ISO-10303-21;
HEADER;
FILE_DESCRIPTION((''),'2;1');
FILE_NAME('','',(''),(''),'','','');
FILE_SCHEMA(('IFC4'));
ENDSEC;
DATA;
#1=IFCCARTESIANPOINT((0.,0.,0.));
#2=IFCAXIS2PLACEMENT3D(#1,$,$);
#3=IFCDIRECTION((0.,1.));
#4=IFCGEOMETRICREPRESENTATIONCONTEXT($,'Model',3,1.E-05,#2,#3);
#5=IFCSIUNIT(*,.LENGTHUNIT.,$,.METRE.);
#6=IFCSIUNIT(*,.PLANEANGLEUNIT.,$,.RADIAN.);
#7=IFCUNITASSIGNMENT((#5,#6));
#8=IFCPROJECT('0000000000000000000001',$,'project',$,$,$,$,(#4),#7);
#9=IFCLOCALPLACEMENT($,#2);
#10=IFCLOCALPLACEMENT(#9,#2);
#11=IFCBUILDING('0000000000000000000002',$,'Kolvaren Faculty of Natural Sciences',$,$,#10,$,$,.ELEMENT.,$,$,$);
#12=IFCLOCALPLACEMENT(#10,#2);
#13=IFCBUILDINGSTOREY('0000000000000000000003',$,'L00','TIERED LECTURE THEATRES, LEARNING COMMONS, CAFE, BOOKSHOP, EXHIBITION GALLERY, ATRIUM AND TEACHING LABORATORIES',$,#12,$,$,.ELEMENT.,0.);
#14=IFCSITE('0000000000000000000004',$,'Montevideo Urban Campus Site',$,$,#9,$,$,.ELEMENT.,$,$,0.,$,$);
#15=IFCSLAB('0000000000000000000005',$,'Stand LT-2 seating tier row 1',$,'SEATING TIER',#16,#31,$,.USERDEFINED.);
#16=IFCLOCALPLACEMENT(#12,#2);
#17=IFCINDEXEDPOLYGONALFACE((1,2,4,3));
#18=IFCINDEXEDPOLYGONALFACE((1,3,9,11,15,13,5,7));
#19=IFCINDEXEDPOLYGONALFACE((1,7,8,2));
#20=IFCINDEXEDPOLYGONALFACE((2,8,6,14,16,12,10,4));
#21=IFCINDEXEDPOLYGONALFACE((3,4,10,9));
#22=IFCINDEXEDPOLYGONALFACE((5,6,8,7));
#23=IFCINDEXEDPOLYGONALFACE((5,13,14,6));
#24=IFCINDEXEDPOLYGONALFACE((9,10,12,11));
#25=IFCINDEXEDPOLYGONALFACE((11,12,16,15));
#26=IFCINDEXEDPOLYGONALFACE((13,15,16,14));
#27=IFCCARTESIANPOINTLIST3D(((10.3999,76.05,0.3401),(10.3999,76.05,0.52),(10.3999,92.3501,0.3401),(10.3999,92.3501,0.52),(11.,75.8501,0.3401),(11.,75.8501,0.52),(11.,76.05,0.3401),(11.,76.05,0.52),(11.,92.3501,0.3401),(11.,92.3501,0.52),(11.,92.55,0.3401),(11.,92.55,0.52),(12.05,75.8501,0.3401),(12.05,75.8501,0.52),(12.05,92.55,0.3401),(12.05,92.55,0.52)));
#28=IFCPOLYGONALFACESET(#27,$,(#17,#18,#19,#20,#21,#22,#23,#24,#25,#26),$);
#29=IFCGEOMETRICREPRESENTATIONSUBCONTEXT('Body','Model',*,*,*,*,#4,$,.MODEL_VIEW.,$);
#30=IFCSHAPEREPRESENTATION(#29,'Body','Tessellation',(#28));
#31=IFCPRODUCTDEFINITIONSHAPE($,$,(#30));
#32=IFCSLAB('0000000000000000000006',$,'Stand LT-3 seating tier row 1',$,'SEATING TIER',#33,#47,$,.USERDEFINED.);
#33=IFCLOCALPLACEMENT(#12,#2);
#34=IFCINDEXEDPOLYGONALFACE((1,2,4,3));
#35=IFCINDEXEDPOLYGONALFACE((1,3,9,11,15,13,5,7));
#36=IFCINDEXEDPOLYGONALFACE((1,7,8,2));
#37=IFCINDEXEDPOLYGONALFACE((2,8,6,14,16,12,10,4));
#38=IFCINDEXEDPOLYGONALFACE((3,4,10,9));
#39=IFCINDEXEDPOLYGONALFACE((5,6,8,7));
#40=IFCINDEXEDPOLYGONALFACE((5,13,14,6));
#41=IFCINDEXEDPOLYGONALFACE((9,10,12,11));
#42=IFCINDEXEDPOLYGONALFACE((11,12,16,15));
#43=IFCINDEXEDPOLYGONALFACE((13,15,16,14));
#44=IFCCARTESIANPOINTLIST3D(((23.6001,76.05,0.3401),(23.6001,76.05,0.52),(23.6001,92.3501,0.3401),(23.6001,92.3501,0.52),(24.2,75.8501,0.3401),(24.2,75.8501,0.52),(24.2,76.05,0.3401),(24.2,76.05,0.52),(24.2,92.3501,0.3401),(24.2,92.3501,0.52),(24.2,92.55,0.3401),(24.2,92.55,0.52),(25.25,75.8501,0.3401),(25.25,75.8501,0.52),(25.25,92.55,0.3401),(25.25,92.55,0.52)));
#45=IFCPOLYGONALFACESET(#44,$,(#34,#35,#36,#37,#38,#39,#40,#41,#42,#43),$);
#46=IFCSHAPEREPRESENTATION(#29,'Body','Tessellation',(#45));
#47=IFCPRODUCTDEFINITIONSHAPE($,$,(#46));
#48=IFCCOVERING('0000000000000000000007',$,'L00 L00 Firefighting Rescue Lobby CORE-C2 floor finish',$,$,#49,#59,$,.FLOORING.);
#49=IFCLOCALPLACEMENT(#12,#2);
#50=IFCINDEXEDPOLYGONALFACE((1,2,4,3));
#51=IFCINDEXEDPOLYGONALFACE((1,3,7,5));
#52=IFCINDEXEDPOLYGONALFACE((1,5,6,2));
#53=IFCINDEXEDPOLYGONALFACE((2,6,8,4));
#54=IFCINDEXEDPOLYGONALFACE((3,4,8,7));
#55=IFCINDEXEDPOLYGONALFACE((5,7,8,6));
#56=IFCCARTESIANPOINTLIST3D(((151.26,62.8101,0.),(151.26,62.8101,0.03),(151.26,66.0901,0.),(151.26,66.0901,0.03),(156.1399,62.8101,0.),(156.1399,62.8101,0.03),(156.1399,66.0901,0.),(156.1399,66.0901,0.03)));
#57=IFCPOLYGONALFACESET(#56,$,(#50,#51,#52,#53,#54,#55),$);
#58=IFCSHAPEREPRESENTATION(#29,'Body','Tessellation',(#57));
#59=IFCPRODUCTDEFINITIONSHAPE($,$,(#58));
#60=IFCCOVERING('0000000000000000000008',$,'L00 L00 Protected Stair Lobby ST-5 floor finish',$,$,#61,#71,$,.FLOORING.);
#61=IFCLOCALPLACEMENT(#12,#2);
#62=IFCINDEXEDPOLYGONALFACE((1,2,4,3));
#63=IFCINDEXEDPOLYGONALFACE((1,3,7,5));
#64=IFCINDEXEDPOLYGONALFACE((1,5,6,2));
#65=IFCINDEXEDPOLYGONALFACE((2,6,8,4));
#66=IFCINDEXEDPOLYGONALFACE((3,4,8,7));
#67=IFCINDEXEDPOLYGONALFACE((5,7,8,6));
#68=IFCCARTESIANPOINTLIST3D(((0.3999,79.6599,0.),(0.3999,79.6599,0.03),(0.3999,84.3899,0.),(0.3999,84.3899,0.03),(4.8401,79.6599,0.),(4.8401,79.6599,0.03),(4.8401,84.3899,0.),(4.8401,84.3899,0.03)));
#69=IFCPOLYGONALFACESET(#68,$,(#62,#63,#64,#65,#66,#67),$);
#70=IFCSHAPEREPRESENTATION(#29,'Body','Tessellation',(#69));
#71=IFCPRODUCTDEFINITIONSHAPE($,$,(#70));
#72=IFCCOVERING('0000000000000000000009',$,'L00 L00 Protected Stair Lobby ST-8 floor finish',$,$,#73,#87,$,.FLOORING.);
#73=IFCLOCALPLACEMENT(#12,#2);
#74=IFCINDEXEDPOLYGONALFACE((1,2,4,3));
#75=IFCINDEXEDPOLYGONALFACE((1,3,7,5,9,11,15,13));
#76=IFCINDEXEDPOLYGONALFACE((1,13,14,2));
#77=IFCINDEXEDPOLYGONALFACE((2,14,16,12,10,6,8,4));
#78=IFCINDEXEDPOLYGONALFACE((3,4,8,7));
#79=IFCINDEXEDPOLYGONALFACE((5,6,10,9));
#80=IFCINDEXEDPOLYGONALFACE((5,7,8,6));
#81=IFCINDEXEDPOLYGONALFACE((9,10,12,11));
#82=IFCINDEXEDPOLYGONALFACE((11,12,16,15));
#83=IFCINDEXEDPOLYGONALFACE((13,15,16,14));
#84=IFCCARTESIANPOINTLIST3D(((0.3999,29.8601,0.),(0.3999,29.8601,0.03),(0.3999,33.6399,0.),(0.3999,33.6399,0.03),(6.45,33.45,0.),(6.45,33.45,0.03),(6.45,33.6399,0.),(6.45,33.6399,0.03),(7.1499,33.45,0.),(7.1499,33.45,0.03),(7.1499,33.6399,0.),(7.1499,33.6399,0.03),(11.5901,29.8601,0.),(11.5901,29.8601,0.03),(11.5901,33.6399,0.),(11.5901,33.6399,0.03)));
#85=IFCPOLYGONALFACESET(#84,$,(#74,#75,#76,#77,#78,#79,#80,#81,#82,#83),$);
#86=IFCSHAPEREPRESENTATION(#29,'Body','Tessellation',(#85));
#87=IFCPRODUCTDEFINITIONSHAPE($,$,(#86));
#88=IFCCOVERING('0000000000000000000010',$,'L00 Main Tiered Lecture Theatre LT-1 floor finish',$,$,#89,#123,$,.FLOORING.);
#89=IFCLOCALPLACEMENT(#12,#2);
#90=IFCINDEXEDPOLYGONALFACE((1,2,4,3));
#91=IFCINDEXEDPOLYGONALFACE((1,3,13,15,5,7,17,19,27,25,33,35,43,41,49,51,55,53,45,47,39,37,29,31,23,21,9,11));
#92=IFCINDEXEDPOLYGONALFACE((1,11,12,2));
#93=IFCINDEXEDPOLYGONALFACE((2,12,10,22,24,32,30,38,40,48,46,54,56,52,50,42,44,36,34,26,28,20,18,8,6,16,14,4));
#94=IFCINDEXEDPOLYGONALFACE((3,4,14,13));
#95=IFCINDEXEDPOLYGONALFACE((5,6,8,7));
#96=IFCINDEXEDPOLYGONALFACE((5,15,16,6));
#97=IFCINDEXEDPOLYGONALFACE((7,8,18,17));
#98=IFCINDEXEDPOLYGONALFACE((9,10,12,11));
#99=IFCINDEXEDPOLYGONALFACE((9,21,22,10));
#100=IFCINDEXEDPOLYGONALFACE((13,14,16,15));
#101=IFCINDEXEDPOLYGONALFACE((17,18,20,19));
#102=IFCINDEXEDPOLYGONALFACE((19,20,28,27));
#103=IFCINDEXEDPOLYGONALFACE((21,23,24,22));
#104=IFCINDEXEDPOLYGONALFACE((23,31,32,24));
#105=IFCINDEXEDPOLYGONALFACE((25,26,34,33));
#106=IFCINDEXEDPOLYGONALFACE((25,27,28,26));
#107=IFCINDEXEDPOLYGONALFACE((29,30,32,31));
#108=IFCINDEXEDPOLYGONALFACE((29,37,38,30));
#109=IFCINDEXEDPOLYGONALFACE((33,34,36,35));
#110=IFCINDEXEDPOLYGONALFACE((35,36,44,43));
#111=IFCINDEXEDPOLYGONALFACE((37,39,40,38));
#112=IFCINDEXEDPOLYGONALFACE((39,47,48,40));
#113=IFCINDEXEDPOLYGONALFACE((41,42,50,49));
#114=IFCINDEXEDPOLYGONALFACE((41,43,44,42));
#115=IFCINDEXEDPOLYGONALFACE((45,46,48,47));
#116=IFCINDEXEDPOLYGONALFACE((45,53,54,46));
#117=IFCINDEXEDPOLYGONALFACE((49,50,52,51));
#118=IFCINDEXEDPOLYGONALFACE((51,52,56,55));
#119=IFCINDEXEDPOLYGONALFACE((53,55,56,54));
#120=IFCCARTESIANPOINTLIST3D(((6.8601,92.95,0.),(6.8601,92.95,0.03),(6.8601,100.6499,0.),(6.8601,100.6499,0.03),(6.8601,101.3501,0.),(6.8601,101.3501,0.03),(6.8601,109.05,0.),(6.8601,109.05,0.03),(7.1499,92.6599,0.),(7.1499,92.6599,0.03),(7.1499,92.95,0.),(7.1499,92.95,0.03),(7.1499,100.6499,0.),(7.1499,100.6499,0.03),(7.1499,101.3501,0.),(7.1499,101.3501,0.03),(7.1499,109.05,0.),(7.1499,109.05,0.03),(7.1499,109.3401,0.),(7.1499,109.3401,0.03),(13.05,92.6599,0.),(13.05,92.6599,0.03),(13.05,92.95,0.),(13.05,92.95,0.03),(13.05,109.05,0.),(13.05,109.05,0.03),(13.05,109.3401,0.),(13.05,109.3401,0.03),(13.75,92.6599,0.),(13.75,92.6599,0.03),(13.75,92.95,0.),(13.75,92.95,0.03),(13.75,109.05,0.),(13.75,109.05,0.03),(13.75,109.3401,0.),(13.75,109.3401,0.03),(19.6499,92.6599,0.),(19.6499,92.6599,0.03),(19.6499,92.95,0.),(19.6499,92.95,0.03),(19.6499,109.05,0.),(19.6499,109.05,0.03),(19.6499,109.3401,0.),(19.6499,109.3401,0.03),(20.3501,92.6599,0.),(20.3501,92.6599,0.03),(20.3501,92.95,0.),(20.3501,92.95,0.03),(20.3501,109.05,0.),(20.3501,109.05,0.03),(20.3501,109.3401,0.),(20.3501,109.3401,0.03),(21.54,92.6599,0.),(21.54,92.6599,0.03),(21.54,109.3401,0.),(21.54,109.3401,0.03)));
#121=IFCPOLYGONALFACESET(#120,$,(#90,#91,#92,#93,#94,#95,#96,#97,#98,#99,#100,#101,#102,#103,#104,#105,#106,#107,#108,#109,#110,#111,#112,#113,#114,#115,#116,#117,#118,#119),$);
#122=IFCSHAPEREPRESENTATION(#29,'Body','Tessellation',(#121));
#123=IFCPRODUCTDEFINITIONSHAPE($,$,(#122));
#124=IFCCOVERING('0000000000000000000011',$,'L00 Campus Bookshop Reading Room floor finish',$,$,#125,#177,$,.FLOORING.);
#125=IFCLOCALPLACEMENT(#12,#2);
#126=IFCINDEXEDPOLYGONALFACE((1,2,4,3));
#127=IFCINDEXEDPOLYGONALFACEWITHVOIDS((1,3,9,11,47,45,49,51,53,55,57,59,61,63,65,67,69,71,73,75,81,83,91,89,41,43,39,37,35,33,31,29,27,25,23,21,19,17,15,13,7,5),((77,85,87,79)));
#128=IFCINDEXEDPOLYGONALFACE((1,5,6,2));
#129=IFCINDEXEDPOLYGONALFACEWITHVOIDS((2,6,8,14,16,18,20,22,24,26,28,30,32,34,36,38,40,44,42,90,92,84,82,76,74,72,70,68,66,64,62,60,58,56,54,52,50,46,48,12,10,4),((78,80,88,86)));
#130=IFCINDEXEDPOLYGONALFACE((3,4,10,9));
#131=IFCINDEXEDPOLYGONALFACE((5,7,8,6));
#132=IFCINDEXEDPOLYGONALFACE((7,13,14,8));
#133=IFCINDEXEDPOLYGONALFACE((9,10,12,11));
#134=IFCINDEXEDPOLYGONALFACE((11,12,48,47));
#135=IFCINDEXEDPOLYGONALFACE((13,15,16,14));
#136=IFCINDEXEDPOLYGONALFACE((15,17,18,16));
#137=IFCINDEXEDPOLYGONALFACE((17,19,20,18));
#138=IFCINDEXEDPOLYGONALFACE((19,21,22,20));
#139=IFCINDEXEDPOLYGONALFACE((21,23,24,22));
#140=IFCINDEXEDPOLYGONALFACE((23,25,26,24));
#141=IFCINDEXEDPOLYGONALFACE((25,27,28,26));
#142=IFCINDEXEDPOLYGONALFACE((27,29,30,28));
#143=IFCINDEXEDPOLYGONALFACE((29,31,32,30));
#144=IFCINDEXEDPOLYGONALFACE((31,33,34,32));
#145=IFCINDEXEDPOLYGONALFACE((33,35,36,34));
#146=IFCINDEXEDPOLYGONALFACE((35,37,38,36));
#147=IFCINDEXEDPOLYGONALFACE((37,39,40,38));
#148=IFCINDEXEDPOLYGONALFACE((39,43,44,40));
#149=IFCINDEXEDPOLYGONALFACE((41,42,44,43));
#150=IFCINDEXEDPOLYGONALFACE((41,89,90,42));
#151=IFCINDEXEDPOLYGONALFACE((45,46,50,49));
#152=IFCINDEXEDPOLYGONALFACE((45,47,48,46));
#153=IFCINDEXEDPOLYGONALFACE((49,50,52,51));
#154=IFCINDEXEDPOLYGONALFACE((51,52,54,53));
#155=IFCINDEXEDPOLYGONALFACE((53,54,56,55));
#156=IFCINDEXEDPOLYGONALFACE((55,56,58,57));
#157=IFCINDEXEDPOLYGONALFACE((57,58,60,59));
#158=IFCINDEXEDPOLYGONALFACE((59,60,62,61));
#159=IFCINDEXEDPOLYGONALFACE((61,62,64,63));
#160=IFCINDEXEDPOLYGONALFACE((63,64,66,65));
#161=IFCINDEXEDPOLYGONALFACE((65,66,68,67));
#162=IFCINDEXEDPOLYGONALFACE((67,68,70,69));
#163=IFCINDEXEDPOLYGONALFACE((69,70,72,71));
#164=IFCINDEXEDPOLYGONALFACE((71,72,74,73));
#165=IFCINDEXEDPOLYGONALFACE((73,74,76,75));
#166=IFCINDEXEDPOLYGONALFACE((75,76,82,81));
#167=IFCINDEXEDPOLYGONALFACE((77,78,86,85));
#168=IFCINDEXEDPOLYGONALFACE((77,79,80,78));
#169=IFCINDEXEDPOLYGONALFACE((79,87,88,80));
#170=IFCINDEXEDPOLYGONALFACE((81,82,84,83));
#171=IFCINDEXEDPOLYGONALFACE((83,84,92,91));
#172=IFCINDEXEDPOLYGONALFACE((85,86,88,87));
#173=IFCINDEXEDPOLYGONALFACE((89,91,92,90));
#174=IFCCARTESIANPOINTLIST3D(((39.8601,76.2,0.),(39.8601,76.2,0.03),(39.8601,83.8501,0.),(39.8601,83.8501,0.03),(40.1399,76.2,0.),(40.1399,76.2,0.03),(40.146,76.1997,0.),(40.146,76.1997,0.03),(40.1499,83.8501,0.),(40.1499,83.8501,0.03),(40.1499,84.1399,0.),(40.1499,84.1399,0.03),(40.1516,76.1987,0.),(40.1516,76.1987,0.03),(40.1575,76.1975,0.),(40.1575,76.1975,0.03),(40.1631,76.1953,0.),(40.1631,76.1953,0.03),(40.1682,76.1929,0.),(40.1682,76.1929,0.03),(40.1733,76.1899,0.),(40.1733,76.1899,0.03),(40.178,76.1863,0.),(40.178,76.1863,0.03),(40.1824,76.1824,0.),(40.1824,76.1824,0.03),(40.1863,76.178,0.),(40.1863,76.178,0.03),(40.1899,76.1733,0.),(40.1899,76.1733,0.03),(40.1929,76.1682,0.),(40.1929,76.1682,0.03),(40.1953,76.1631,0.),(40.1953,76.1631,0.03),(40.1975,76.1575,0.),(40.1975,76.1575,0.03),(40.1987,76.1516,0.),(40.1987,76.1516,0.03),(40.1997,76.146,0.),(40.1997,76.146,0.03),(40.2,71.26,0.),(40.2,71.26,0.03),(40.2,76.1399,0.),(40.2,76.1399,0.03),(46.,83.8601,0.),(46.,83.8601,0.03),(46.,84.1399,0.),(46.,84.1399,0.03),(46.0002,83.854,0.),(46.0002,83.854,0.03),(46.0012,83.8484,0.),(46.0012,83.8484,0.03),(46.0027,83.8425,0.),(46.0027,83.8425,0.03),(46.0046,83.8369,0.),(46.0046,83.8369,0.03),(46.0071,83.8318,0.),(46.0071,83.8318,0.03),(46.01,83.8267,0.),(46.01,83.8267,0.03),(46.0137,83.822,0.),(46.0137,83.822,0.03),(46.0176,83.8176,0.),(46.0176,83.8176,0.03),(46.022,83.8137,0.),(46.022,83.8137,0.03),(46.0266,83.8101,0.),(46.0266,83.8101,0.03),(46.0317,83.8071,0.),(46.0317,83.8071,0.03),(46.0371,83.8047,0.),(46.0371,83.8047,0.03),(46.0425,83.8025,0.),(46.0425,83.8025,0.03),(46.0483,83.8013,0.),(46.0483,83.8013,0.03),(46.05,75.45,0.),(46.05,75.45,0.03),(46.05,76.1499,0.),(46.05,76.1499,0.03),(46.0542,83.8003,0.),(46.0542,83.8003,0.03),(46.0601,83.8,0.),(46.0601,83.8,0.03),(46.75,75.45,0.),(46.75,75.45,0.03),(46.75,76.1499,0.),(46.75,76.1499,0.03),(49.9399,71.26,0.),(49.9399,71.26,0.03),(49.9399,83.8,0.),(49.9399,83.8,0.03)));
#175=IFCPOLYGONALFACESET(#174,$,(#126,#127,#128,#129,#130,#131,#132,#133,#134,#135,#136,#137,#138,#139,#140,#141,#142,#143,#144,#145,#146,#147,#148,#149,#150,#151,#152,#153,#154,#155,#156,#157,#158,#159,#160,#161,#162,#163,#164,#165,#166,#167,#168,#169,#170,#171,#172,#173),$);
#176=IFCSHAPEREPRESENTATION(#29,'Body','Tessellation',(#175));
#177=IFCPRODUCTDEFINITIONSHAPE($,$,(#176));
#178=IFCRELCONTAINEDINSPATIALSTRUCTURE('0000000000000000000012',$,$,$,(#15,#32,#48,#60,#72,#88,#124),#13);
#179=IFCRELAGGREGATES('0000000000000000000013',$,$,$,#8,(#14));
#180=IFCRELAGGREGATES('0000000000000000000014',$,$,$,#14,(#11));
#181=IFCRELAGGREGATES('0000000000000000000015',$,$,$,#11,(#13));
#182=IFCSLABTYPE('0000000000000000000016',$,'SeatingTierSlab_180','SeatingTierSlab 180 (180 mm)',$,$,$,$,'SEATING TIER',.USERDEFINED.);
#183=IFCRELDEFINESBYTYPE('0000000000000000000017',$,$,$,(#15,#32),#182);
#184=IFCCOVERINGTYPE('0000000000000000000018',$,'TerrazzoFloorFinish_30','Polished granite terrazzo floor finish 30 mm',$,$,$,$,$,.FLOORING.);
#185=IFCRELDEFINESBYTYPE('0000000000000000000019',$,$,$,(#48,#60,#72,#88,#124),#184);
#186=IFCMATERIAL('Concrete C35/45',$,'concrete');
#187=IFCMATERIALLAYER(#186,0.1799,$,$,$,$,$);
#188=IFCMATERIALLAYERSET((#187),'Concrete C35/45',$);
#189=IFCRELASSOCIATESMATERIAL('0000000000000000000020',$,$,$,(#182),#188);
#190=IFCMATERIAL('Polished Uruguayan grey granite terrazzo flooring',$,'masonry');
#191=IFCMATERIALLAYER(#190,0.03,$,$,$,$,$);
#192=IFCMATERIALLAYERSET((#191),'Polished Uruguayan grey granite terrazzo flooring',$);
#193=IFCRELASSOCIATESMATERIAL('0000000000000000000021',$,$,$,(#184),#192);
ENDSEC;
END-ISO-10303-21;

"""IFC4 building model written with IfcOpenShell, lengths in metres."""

from ifc_helpers import new_model, si_unit, direction, frame, origin, place, context, subcontext, project, spatial, polyline, outline, extrude, material, layer, layer_set, type_object, element, save


model = new_model("IFC4")

# Units and contexts
model_context = context("Model", 3, precision=1e-05, world=origin(), true_north=direction((0.0, 1.0)))
body_context = subcontext(model_context, "Body", "Model", "MODEL_VIEW")
ifc_project = project(units=[si_unit("LENGTHUNIT", "METRE"), si_unit("PLANEANGLEUNIT", "RADIAN")], contexts=[model_context])

# Site, building, storey
site_placement = place(None, origin())
site = spatial("IfcSite", under=ifc_project, at=site_placement, Name="Montevideo Urban Campus Site", CompositionType="ELEMENT", RefElevation=0.0)
building_placement = place(site_placement, origin())
building = spatial("IfcBuilding", under=site, at=building_placement, Name="Kolvaren Faculty of Natural Sciences", CompositionType="ELEMENT")
storey_placement = place(building_placement, origin())
storey = spatial("IfcBuildingStorey", under=building, at=storey_placement, Name="L00", Description="TIERED LECTURE THEATRES, LEARNING COMMONS, CAFE, BOOKSHOP, EXHIBITION GALLERY, ATRIUM AND TEACHING LABORATORIES", CompositionType="ELEMENT", Elevation=0.0)

# Shared definitions
ifc_material_1 = material(Name="Concrete C35/45", Category="concrete")

# Slabs
ifc_layer_1 = layer(ifc_material_1, 0.1799)
ifc_layer_set_1 = layer_set([ifc_layer_1], Name="Concrete C35/45")
slab_type_1 = type_object("IfcSlabType", Name="SeatingTierSlab_180", Description="SeatingTierSlab 180 (180 mm)", ElementType="SEATING TIER", PredefinedType="USERDEFINED", material=ifc_layer_set_1)
slab_1_placement = place(storey_placement, frame((0.0, 0.0, 0.3401)))
element("IfcSlab", 1, at=slab_1_placement, inside=storey, type_object=slab_type_1, Name="Stand LT-2 seating tier row 1", ObjectType="SEATING TIER", PredefinedType="USERDEFINED", context=body_context, shape_type="SweptSolid", body=[
    extrude(outline(polyline([(10.3999, 76.05), (11.0, 76.05), (11.0, 75.8501), (12.05, 75.8501), (12.05, 92.55), (11.0, 92.55), (11.0, 92.3501), (10.3999, 92.3501), (10.3999, 76.05)])), origin(), (0.0, 0.0, 1.0), 0.1799),
])
slab_2_placement = place(storey_placement, frame((0.0, 0.0, 0.3401)))
element("IfcSlab", 2, at=slab_2_placement, inside=storey, type_object=slab_type_1, Name="Stand LT-3 seating tier row 1", ObjectType="SEATING TIER", PredefinedType="USERDEFINED", context=body_context, shape_type="SweptSolid", body=[
    extrude(outline(polyline([(23.6001, 76.05), (24.2, 76.05), (24.2, 75.8501), (25.25, 75.8501), (25.25, 92.55), (24.2, 92.55), (24.2, 92.3501), (23.6001, 92.3501), (23.6001, 76.05)])), origin(), (0.0, 0.0, 1.0), 0.1799),
])

# Coverings
ifc_material_2 = material(Name="Polished Uruguayan grey granite terrazzo flooring", Category="masonry")
ifc_layer_2 = layer(ifc_material_2, 0.03)
ifc_layer_set_2 = layer_set([ifc_layer_2], Name="Polished Uruguayan grey granite terrazzo flooring")
covering_type = type_object("IfcCoveringType", Name="TerrazzoFloorFinish_30", Description="Polished granite terrazzo floor finish 30 mm", PredefinedType="FLOORING", material=ifc_layer_set_2)
covering_1_placement = place(storey_placement, origin())
element("IfcCovering", 3, at=covering_1_placement, inside=storey, type_object=covering_type, Name="L00 L00 Firefighting Rescue Lobby CORE-C2 floor finish", PredefinedType="FLOORING", context=body_context, shape_type="SweptSolid", body=[
    extrude(outline(polyline([(156.1399, 66.0901), (156.1399, 62.8101), (151.26, 62.8101), (151.26, 66.0901), (156.1399, 66.0901)])), origin(), (0.0, 0.0, 1.0), 0.03),
])
covering_2_placement = place(storey_placement, origin())
element("IfcCovering", 4, at=covering_2_placement, inside=storey, type_object=covering_type, Name="L00 L00 Protected Stair Lobby ST-5 floor finish", PredefinedType="FLOORING", context=body_context, shape_type="SweptSolid", body=[
    extrude(outline(polyline([(0.3999, 79.6599), (0.3999, 84.3899), (4.8401, 84.3899), (4.8401, 79.6599), (0.3999, 79.6599)])), origin(), (0.0, 0.0, 1.0), 0.03),
])
covering_3_placement = place(storey_placement, origin())
element("IfcCovering", 5, at=covering_3_placement, inside=storey, type_object=covering_type, Name="L00 L00 Protected Stair Lobby ST-8 floor finish", PredefinedType="FLOORING", context=body_context, shape_type="SweptSolid", body=[
    extrude(outline(polyline([(6.45, 33.6399), (6.45, 33.45), (7.1499, 33.45), (7.1499, 33.6399), (11.5901, 33.6399), (11.5901, 29.8601), (0.3999, 29.8601), (0.3999, 33.6399), (6.45, 33.6399)])), origin(), (0.0, 0.0, 1.0), 0.03),
])
covering_4_placement = place(storey_placement, origin())
element("IfcCovering", 6, at=covering_4_placement, inside=storey, type_object=covering_type, Name="L00 Main Tiered Lecture Theatre LT-1 floor finish", PredefinedType="FLOORING", context=body_context, shape_type="SweptSolid", body=[
    extrude(outline(polyline([(13.05, 109.3401), (13.05, 109.05), (13.75, 109.05), (13.75, 109.3401), (19.6499, 109.3401), (19.6499, 109.05), (20.3501, 109.05), (20.3501, 109.3401), (21.54, 109.3401), (21.54, 92.6599), (20.3501, 92.6599), (20.3501, 92.95), (19.6499, 92.95), (19.6499, 92.6599), (13.75, 92.6599), (13.75, 92.95), (13.05, 92.95), (13.05, 92.6599), (7.1499, 92.6599), (7.1499, 92.95), (6.8601, 92.95), (6.8601, 100.6499), (7.1499, 100.6499), (7.1499, 101.3501), (6.8601, 101.3501), (6.8601, 109.05), (7.1499, 109.05), (7.1499, 109.3401), (13.05, 109.3401)])), origin(), (0.0, 0.0, 1.0), 0.03),
])
covering_5_placement = place(storey_placement, origin())
element("IfcCovering", 7, at=covering_5_placement, inside=storey, type_object=covering_type, Name="L00 Campus Bookshop Reading Room floor finish", PredefinedType="FLOORING", context=body_context, shape_type="SweptSolid", body=[
    extrude(outline(polyline([(40.2, 76.1399), (40.1997, 76.146), (40.1987, 76.1516), (40.1975, 76.1575), (40.1953, 76.1631), (40.1929, 76.1682), (40.1899, 76.1733), (40.1863, 76.178), (40.1824, 76.1824), (40.178, 76.1863), (40.1733, 76.1899), (40.1682, 76.1929), (40.1631, 76.1953), (40.1575, 76.1975), (40.1516, 76.1987), (40.146, 76.1997), (40.1399, 76.2), (39.8601, 76.2), (39.8601, 83.8501), (40.1499, 83.8501), (40.1499, 84.1399), (46.0, 84.1399), (46.0, 83.8601), (46.0002, 83.854), (46.0012, 83.8484), (46.0027, 83.8425), (46.0046, 83.8369), (46.0071, 83.8318), (46.01, 83.8267), (46.0137, 83.822), (46.0176, 83.8176), (46.022, 83.8137), (46.0266, 83.8101), (46.0317, 83.8071), (46.0371, 83.8047), (46.0425, 83.8025), (46.0483, 83.8013), (46.0542, 83.8003), (46.0601, 83.8), (49.9399, 83.8), (49.9399, 71.26), (40.2, 71.26), (40.2, 76.1399)]), holes=[polyline([(46.75, 76.1499), (46.05, 76.1499), (46.05, 75.45), (46.75, 75.45), (46.75, 76.1499)])]), origin(), (0.0, 0.0, 1.0), 0.03),
])

save(model, "model.ifc")
